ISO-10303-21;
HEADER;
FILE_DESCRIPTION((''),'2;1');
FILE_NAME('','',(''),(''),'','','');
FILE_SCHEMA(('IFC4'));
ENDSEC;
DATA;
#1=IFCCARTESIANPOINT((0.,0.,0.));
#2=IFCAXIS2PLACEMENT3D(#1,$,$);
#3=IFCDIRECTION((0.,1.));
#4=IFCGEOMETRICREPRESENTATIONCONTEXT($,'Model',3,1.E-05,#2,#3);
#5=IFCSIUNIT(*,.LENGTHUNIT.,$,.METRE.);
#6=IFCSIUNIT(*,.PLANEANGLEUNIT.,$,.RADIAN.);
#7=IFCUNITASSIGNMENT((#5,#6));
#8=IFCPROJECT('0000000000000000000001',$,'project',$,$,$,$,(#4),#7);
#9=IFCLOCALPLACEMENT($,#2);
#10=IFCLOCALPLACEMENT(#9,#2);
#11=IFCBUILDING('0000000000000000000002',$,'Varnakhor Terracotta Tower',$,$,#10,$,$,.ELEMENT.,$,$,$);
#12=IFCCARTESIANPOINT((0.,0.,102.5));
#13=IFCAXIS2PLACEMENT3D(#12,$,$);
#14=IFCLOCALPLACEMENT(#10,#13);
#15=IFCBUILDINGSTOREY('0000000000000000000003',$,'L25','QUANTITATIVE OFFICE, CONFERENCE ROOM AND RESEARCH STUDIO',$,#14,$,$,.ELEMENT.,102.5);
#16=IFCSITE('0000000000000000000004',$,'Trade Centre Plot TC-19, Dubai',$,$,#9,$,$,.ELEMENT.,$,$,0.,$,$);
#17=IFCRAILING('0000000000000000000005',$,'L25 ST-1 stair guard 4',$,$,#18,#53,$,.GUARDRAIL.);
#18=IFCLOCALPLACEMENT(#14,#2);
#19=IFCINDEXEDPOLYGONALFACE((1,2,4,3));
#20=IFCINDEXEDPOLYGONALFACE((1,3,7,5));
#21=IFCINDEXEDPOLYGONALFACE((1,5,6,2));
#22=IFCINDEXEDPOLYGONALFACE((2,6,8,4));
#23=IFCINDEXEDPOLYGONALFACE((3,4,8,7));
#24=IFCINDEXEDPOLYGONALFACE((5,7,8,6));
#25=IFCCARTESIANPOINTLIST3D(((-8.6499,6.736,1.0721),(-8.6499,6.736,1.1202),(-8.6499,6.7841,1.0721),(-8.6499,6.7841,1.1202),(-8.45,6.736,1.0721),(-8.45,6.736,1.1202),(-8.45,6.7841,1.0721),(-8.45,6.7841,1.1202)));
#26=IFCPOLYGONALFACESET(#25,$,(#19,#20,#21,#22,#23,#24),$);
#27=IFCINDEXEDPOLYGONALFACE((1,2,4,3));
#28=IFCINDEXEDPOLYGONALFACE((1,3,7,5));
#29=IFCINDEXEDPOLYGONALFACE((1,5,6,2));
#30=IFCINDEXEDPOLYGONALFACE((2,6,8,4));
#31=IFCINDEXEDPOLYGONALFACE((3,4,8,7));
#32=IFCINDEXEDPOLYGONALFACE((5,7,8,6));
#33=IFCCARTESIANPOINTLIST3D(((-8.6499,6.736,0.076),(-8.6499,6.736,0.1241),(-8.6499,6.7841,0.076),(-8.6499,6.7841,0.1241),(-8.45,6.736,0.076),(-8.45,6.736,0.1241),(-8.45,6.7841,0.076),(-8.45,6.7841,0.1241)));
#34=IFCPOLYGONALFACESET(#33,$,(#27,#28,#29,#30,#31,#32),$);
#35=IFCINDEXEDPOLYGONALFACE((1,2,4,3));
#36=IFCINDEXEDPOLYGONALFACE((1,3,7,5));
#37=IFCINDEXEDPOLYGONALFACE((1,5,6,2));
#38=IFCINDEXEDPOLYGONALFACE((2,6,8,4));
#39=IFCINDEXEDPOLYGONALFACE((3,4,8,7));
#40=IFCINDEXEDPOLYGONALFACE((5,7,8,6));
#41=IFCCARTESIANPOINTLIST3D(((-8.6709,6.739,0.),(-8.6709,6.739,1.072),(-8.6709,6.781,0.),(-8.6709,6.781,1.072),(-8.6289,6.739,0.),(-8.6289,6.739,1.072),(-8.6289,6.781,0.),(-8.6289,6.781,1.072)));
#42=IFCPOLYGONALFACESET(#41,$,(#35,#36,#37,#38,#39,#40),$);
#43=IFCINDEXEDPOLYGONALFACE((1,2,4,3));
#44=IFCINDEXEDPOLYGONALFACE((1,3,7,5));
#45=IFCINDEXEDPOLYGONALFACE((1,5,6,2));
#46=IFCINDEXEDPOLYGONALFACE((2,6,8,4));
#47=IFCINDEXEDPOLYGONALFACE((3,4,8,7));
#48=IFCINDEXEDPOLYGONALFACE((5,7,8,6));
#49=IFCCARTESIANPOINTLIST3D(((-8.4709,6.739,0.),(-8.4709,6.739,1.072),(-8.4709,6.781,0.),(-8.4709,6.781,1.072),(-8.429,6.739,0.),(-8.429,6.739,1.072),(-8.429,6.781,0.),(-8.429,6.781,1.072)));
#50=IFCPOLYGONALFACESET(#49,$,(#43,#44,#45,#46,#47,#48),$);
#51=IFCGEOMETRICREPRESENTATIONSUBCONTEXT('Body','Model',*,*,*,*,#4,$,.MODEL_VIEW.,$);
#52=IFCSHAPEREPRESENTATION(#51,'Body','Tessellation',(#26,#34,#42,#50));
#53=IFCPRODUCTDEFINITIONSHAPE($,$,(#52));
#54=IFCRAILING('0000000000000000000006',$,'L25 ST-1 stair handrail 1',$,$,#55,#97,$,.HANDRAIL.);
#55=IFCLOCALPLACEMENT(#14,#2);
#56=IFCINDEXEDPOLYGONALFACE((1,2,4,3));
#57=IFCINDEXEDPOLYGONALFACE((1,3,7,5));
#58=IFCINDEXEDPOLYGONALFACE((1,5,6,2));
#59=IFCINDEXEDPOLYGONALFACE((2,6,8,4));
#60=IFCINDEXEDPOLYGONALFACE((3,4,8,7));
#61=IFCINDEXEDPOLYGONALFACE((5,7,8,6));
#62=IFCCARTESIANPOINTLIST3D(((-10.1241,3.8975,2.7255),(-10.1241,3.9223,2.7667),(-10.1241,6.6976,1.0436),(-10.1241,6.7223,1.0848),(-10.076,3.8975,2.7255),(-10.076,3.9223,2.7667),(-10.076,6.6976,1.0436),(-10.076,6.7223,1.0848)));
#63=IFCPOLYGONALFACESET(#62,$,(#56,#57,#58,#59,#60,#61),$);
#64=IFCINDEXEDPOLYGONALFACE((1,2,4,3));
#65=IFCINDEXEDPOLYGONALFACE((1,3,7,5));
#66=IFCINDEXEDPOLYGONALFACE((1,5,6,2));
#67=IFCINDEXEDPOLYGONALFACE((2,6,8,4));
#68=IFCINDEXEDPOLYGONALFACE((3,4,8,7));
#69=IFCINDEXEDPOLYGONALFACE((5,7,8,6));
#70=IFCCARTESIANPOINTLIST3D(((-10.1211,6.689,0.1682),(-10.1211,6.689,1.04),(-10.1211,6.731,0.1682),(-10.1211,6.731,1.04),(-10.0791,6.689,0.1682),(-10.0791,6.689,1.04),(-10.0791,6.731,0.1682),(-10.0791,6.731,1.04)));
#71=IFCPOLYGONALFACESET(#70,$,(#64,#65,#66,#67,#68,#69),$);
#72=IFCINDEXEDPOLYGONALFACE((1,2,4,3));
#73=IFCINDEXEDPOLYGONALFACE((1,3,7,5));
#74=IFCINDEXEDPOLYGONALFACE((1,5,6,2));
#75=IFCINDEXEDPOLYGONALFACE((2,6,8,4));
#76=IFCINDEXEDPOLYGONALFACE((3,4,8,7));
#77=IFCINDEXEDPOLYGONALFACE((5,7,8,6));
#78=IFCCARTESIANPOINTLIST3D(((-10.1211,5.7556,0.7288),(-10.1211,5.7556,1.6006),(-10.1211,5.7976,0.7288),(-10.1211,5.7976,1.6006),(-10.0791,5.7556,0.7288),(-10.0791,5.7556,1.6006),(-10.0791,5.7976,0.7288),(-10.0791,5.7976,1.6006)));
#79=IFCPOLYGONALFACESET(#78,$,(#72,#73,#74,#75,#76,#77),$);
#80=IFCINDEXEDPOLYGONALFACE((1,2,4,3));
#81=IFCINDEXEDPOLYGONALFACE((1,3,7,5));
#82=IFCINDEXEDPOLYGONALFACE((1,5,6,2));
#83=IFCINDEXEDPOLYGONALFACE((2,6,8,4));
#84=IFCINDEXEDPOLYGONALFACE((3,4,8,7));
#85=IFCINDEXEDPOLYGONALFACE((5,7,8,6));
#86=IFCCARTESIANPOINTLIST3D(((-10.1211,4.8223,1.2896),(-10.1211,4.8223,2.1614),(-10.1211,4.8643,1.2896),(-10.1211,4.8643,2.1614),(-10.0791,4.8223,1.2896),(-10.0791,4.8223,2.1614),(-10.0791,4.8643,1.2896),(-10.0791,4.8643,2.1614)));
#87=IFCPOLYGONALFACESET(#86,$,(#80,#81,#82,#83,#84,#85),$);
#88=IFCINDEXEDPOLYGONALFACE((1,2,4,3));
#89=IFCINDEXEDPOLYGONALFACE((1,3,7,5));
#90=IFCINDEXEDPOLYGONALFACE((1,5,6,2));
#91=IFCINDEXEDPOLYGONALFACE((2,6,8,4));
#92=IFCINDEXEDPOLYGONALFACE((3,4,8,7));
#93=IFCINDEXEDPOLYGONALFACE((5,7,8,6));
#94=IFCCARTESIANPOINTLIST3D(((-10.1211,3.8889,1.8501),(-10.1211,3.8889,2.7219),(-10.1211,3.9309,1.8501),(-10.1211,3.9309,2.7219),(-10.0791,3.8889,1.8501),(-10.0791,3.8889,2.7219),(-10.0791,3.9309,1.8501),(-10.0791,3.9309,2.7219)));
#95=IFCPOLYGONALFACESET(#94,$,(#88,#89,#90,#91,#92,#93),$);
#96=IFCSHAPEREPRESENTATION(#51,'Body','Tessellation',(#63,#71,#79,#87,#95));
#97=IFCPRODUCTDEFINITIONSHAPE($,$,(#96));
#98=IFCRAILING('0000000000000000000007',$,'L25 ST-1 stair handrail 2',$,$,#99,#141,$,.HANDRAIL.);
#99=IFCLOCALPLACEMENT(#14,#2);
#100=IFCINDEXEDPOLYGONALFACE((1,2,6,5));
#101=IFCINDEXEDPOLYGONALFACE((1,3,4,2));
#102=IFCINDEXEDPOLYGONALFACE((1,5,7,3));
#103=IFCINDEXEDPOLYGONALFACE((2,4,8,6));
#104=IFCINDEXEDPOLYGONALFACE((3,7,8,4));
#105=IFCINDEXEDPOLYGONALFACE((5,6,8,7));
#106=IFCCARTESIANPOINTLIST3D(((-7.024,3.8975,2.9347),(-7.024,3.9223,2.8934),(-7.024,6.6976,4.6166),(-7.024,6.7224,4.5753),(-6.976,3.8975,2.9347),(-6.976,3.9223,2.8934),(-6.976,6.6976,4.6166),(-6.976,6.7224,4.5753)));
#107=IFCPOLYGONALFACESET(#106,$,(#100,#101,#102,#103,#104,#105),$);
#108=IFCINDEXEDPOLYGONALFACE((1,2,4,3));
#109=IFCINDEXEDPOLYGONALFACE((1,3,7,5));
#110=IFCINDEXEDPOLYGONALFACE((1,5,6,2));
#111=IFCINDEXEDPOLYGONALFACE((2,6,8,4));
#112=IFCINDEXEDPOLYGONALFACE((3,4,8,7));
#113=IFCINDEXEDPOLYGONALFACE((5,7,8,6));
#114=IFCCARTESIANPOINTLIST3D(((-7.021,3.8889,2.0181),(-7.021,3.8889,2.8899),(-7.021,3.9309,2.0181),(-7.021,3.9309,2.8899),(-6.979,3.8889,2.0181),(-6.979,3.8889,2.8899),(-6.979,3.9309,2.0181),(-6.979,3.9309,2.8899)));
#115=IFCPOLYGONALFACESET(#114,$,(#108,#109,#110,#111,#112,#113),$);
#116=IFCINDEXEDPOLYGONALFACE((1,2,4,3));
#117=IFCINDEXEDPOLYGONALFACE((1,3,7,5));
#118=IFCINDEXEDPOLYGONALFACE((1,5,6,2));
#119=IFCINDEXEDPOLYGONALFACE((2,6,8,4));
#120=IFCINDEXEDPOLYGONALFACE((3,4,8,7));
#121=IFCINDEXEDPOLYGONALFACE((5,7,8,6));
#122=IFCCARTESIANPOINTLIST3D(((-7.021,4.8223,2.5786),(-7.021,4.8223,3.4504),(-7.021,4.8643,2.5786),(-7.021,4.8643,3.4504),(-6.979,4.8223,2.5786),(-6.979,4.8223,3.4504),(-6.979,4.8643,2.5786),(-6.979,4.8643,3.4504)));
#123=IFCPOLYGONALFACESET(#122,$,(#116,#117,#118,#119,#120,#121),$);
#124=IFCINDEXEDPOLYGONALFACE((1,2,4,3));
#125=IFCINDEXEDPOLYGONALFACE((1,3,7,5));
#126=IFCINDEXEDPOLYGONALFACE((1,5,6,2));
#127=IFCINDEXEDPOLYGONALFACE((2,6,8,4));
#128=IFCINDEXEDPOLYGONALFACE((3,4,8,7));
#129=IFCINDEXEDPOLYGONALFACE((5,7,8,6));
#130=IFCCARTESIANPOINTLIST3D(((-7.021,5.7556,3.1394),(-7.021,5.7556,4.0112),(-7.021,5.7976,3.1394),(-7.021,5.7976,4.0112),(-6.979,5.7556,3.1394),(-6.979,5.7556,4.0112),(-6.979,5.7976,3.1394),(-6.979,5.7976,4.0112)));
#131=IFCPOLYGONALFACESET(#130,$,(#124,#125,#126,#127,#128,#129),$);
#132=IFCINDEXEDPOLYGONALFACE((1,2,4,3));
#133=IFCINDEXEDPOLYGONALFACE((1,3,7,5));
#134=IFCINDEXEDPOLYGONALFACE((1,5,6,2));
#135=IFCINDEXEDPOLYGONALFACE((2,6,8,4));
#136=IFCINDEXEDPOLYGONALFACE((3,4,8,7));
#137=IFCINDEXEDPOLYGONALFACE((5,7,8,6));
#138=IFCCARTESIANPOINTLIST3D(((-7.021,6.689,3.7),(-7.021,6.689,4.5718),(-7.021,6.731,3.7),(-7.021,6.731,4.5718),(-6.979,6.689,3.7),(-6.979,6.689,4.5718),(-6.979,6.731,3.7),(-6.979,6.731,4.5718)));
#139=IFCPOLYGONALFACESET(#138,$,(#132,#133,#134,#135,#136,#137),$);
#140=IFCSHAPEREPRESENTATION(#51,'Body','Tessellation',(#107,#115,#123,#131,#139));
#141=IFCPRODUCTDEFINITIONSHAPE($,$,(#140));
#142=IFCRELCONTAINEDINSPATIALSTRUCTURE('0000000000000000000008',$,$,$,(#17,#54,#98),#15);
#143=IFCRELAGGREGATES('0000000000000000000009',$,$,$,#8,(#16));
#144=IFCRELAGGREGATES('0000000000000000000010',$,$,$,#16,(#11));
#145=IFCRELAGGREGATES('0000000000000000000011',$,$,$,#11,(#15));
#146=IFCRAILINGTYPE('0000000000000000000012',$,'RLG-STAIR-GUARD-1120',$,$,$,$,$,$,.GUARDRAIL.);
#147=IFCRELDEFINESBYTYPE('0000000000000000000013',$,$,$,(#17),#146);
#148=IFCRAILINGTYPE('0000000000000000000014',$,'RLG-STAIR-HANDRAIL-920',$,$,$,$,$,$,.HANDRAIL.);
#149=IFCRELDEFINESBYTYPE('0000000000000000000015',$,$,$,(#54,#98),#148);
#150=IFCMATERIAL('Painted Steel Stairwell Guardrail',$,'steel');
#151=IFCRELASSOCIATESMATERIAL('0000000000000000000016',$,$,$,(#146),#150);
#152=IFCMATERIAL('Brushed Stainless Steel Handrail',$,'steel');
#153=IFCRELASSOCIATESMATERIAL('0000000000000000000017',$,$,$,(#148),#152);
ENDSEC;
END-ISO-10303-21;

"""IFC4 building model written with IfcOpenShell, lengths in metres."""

from ifc_helpers import new_model, si_unit, direction, frame, origin, origin_2d, place, context, subcontext, project, spatial, rectangle, extrude, material, type_object, element, save


model = new_model("IFC4")

# Units and contexts
model_context = context("Model", 3, precision=1e-05, world=origin(), true_north=direction((0.0, 1.0)))
body_context = subcontext(model_context, "Body", "Model", "MODEL_VIEW")
ifc_project = project(units=[si_unit("LENGTHUNIT", "METRE"), si_unit("PLANEANGLEUNIT", "RADIAN")], contexts=[model_context])

# Site, building, storey
site_placement = place(None, origin())
site = spatial("IfcSite", under=ifc_project, at=site_placement, Name="Trade Centre Plot TC-19, Dubai", CompositionType="ELEMENT", RefElevation=0.0)
building_placement = place(site_placement, origin())
building = spatial("IfcBuilding", under=site, at=building_placement, Name="Varnakhor Terracotta Tower", CompositionType="ELEMENT")
storey_placement = place(building_placement, frame((0.0, 0.0, 102.5)))
storey = spatial("IfcBuildingStorey", under=building, at=storey_placement, Name="L25", Description="QUANTITATIVE OFFICE, CONFERENCE ROOM AND RESEARCH STUDIO", CompositionType="ELEMENT", Elevation=102.5)

# Railings
ifc_material_1 = material(Name="Painted Steel Stairwell Guardrail", Category="steel")
railing_type_1 = type_object("IfcRailingType", Name="RLG-STAIR-GUARD-1120", PredefinedType="GUARDRAIL", material=ifc_material_1)
railing_1_placement = place(storey_placement, frame((-8.6499, 6.76, 0.0)))
element("IfcRailing", 1, at=railing_1_placement, inside=storey, type_object=railing_type_1, Name="L25 ST-1 stair guard 4", PredefinedType="GUARDRAIL", context=body_context, shape_type="SweptSolid", body=[
    extrude(rectangle(XDim=0.0481, YDim=0.0481, at=origin_2d()), frame((0.0, 0.0, 1.0962), z_axis=(1.0, 0.0, 0.0), x_axis=(0.0, 1.0, 0.0)), (0.0, 0.0, 1.0), 0.2),
    extrude(rectangle(XDim=0.0481, YDim=0.0481, at=origin_2d()), frame((0.0, 0.0, 0.1001), z_axis=(1.0, 0.0, 0.0), x_axis=(0.0, 1.0, 0.0)), (0.0, 0.0, 1.0), 0.2),
    extrude(rectangle(XDim=0.042, YDim=0.042, at=origin_2d()), origin(), (0.0, 0.0, 1.0), 1.072),
    extrude(rectangle(XDim=0.042, YDim=0.042, at=origin_2d()), frame((0.2, 0.0, 0.0)), (0.0, 0.0, 1.0), 1.072),
])
ifc_material_2 = material(Name="Brushed Stainless Steel Handrail", Category="steel")
railing_type_2 = type_object("IfcRailingType", Name="RLG-STAIR-HANDRAIL-920", PredefinedType="HANDRAIL", material=ifc_material_2)
railing_2_placement = place(storey_placement, frame((-10.1001, 6.71, 0.1682)))
element("IfcRailing", 2, at=railing_2_placement, inside=storey, type_object=railing_type_2, Name="L25 ST-1 stair handrail 1", PredefinedType="HANDRAIL", context=body_context, shape_type="SweptSolid", body=[
    extrude(rectangle(XDim=0.0481, YDim=0.0481, at=origin_2d()), frame((0.0, 0.0, 0.896), z_axis=(0.0, -0.857242, 0.514913), x_axis=(1.0, 0.0, 0.0)), (0.0, 0.0, 1.0), 3.2664),
    extrude(rectangle(XDim=0.042, YDim=0.042, at=origin_2d()), origin(), (0.0, 0.0, 1.0), 0.8718),
    extrude(rectangle(XDim=0.042, YDim=0.042, at=origin_2d()), frame((0.0, -0.9333, 0.5605)), (0.0, 0.0, 1.0), 0.8718),
    extrude(rectangle(XDim=0.042, YDim=0.042, at=origin_2d()), frame((0.0, -1.8667, 1.1213)), (0.0, 0.0, 1.0), 0.8718),
    extrude(rectangle(XDim=0.042, YDim=0.042, at=origin_2d()), frame((0.0, -2.8, 1.6819)), (0.0, 0.0, 1.0), 0.8718),
])
railing_3_placement = place(storey_placement, frame((-7.0, 3.9099, 2.0181)))
element("IfcRailing", 3, at=railing_3_placement, inside=storey, type_object=railing_type_2, Name="L25 ST-1 stair handrail 2", PredefinedType="HANDRAIL", context=body_context, shape_type="SweptSolid", body=[
    extrude(rectangle(XDim=0.0481, YDim=0.0481, at=origin_2d()), frame((0.0, 0.0, 0.896), z_axis=(0.0, 0.857242, 0.514913), x_axis=(-1.0, 0.0, 0.0)), (0.0, 0.0, 1.0), 3.2664),
    extrude(rectangle(XDim=0.042, YDim=0.042, at=origin_2d()), origin(), (0.0, 0.0, 1.0), 0.8718),
    extrude(rectangle(XDim=0.042, YDim=0.042, at=origin_2d()), frame((0.0, 0.9333, 0.5605)), (0.0, 0.0, 1.0), 0.8718),
    extrude(rectangle(XDim=0.042, YDim=0.042, at=origin_2d()), frame((0.0, 1.8667, 1.1213)), (0.0, 0.0, 1.0), 0.8718),
    extrude(rectangle(XDim=0.042, YDim=0.042, at=origin_2d()), frame((0.0, 2.8, 1.6819)), (0.0, 0.0, 1.0), 0.8718),
])

save(model, "model.ifc")
